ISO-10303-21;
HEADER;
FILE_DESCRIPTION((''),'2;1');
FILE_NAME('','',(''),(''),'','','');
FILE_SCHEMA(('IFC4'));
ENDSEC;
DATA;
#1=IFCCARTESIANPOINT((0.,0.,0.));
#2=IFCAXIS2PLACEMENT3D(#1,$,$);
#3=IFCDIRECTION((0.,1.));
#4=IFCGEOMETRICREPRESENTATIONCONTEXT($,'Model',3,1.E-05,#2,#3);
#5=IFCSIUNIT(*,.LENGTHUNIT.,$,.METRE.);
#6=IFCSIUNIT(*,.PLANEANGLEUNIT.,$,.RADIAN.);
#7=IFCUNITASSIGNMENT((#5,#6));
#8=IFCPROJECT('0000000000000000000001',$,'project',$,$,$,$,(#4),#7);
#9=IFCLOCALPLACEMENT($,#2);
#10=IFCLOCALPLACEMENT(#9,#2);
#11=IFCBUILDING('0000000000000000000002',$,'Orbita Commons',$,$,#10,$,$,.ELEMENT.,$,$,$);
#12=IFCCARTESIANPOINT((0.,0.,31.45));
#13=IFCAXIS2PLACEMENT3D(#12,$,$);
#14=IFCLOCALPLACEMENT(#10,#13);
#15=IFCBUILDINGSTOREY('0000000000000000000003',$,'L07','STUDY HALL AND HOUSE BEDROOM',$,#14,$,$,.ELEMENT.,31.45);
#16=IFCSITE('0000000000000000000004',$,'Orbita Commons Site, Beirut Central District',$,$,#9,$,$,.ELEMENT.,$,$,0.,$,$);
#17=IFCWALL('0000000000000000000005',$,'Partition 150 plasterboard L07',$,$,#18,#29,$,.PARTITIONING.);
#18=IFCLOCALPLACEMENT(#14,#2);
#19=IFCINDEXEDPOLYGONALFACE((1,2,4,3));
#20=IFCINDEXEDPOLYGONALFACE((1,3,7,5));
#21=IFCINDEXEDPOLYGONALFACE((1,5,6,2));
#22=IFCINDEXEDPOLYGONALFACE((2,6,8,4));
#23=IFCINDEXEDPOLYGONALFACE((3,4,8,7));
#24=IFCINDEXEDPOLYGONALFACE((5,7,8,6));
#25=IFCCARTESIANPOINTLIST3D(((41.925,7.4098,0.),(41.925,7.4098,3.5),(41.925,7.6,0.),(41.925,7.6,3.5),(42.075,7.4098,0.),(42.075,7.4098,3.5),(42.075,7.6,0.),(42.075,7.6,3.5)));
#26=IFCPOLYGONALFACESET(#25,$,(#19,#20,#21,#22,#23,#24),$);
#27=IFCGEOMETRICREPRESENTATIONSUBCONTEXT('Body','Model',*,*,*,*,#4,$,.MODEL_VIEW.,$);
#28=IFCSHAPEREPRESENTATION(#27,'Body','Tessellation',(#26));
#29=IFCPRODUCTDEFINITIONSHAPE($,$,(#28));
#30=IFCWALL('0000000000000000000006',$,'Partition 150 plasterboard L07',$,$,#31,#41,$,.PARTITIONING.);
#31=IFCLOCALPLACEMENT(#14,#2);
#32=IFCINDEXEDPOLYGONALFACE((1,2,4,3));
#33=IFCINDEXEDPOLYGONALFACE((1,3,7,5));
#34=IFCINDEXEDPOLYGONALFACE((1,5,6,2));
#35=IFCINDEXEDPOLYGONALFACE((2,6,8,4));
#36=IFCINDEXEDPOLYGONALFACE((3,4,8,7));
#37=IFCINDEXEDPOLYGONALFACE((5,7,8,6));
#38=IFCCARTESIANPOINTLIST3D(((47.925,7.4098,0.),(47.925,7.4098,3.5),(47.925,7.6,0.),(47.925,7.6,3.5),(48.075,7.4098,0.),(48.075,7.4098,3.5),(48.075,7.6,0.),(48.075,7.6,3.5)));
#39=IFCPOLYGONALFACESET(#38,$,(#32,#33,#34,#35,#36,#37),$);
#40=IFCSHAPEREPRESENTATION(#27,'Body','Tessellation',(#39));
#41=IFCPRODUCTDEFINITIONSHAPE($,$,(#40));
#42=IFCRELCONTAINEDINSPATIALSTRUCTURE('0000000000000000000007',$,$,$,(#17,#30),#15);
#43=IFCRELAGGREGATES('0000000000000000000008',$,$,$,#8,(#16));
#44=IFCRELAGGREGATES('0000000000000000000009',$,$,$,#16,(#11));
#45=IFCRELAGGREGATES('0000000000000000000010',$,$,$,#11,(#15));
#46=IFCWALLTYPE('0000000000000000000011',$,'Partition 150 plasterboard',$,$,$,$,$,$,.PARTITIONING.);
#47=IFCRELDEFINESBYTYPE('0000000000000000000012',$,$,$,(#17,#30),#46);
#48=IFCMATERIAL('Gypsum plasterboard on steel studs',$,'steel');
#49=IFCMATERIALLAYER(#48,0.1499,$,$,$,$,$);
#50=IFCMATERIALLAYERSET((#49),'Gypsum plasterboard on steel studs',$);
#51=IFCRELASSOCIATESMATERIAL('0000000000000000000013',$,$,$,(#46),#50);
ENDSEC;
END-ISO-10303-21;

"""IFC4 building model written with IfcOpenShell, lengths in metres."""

from ifc_helpers import new_model, si_unit, direction, frame, frame_2d, origin, place, context, subcontext, project, spatial, rectangle, extrude, material, layer, layer_set, type_object, element, save


model = new_model("IFC4")

# Units and contexts
model_context = context("Model", 3, precision=1e-05, world=origin(), true_north=direction((0.0, 1.0)))
body_context = subcontext(model_context, "Body", "Model", "MODEL_VIEW")
ifc_project = project(units=[si_unit("LENGTHUNIT", "METRE"), si_unit("PLANEANGLEUNIT", "RADIAN")], contexts=[model_context])

# Site, building, storey
site_placement = place(None, origin())
site = spatial("IfcSite", under=ifc_project, at=site_placement, Name="Orbita Commons Site, Beirut Central District", CompositionType="ELEMENT", RefElevation=0.0)
building_placement = place(site_placement, origin())
building = spatial("IfcBuilding", under=site, at=building_placement, Name="Orbita Commons", CompositionType="ELEMENT")
storey_placement = place(building_placement, frame((0.0, 0.0, 31.45)))
storey = spatial("IfcBuildingStorey", under=building, at=storey_placement, Name="L07", Description="STUDY HALL AND HOUSE BEDROOM", CompositionType="ELEMENT", Elevation=31.45)

# Walls
ifc_material_1 = material(Name="Gypsum plasterboard on steel studs", Category="steel")
ifc_layer_1 = layer(ifc_material_1, 0.1499)
ifc_layer_set_1 = layer_set([ifc_layer_1], Name="Gypsum plasterboard on steel studs")
wall_type = type_object("IfcWallType", Name="Partition 150 plasterboard", PredefinedType="PARTITIONING", material=ifc_layer_set_1)
for number, where, z_axis, x_axis, name in (
    (1, (42.0, 7.6001, 0.0), (0.0, 0.0, 1.0), (0.0, -1.0, 0.0), "Partition 150 plasterboard L07"),
    (2, (48.0, 7.6001, 0.0), (0.0, 0.0, 1.0), (0.0, -1.0, 0.0), "Partition 150 plasterboard L07"),
):
    element("IfcWall", number, at=place(storey_placement, frame(where, z_axis=z_axis, x_axis=x_axis)), inside=storey, type_object=wall_type, Name=name, PredefinedType="PARTITIONING", context=body_context, shape_type="SweptSolid", body=[
        extrude(rectangle(XDim=0.1902, YDim=0.1499, at=frame_2d((0.0952, 0.0))), origin(), (0.0, 0.0, 1.0), 3.5),
    ])

save(model, "model.ifc")
